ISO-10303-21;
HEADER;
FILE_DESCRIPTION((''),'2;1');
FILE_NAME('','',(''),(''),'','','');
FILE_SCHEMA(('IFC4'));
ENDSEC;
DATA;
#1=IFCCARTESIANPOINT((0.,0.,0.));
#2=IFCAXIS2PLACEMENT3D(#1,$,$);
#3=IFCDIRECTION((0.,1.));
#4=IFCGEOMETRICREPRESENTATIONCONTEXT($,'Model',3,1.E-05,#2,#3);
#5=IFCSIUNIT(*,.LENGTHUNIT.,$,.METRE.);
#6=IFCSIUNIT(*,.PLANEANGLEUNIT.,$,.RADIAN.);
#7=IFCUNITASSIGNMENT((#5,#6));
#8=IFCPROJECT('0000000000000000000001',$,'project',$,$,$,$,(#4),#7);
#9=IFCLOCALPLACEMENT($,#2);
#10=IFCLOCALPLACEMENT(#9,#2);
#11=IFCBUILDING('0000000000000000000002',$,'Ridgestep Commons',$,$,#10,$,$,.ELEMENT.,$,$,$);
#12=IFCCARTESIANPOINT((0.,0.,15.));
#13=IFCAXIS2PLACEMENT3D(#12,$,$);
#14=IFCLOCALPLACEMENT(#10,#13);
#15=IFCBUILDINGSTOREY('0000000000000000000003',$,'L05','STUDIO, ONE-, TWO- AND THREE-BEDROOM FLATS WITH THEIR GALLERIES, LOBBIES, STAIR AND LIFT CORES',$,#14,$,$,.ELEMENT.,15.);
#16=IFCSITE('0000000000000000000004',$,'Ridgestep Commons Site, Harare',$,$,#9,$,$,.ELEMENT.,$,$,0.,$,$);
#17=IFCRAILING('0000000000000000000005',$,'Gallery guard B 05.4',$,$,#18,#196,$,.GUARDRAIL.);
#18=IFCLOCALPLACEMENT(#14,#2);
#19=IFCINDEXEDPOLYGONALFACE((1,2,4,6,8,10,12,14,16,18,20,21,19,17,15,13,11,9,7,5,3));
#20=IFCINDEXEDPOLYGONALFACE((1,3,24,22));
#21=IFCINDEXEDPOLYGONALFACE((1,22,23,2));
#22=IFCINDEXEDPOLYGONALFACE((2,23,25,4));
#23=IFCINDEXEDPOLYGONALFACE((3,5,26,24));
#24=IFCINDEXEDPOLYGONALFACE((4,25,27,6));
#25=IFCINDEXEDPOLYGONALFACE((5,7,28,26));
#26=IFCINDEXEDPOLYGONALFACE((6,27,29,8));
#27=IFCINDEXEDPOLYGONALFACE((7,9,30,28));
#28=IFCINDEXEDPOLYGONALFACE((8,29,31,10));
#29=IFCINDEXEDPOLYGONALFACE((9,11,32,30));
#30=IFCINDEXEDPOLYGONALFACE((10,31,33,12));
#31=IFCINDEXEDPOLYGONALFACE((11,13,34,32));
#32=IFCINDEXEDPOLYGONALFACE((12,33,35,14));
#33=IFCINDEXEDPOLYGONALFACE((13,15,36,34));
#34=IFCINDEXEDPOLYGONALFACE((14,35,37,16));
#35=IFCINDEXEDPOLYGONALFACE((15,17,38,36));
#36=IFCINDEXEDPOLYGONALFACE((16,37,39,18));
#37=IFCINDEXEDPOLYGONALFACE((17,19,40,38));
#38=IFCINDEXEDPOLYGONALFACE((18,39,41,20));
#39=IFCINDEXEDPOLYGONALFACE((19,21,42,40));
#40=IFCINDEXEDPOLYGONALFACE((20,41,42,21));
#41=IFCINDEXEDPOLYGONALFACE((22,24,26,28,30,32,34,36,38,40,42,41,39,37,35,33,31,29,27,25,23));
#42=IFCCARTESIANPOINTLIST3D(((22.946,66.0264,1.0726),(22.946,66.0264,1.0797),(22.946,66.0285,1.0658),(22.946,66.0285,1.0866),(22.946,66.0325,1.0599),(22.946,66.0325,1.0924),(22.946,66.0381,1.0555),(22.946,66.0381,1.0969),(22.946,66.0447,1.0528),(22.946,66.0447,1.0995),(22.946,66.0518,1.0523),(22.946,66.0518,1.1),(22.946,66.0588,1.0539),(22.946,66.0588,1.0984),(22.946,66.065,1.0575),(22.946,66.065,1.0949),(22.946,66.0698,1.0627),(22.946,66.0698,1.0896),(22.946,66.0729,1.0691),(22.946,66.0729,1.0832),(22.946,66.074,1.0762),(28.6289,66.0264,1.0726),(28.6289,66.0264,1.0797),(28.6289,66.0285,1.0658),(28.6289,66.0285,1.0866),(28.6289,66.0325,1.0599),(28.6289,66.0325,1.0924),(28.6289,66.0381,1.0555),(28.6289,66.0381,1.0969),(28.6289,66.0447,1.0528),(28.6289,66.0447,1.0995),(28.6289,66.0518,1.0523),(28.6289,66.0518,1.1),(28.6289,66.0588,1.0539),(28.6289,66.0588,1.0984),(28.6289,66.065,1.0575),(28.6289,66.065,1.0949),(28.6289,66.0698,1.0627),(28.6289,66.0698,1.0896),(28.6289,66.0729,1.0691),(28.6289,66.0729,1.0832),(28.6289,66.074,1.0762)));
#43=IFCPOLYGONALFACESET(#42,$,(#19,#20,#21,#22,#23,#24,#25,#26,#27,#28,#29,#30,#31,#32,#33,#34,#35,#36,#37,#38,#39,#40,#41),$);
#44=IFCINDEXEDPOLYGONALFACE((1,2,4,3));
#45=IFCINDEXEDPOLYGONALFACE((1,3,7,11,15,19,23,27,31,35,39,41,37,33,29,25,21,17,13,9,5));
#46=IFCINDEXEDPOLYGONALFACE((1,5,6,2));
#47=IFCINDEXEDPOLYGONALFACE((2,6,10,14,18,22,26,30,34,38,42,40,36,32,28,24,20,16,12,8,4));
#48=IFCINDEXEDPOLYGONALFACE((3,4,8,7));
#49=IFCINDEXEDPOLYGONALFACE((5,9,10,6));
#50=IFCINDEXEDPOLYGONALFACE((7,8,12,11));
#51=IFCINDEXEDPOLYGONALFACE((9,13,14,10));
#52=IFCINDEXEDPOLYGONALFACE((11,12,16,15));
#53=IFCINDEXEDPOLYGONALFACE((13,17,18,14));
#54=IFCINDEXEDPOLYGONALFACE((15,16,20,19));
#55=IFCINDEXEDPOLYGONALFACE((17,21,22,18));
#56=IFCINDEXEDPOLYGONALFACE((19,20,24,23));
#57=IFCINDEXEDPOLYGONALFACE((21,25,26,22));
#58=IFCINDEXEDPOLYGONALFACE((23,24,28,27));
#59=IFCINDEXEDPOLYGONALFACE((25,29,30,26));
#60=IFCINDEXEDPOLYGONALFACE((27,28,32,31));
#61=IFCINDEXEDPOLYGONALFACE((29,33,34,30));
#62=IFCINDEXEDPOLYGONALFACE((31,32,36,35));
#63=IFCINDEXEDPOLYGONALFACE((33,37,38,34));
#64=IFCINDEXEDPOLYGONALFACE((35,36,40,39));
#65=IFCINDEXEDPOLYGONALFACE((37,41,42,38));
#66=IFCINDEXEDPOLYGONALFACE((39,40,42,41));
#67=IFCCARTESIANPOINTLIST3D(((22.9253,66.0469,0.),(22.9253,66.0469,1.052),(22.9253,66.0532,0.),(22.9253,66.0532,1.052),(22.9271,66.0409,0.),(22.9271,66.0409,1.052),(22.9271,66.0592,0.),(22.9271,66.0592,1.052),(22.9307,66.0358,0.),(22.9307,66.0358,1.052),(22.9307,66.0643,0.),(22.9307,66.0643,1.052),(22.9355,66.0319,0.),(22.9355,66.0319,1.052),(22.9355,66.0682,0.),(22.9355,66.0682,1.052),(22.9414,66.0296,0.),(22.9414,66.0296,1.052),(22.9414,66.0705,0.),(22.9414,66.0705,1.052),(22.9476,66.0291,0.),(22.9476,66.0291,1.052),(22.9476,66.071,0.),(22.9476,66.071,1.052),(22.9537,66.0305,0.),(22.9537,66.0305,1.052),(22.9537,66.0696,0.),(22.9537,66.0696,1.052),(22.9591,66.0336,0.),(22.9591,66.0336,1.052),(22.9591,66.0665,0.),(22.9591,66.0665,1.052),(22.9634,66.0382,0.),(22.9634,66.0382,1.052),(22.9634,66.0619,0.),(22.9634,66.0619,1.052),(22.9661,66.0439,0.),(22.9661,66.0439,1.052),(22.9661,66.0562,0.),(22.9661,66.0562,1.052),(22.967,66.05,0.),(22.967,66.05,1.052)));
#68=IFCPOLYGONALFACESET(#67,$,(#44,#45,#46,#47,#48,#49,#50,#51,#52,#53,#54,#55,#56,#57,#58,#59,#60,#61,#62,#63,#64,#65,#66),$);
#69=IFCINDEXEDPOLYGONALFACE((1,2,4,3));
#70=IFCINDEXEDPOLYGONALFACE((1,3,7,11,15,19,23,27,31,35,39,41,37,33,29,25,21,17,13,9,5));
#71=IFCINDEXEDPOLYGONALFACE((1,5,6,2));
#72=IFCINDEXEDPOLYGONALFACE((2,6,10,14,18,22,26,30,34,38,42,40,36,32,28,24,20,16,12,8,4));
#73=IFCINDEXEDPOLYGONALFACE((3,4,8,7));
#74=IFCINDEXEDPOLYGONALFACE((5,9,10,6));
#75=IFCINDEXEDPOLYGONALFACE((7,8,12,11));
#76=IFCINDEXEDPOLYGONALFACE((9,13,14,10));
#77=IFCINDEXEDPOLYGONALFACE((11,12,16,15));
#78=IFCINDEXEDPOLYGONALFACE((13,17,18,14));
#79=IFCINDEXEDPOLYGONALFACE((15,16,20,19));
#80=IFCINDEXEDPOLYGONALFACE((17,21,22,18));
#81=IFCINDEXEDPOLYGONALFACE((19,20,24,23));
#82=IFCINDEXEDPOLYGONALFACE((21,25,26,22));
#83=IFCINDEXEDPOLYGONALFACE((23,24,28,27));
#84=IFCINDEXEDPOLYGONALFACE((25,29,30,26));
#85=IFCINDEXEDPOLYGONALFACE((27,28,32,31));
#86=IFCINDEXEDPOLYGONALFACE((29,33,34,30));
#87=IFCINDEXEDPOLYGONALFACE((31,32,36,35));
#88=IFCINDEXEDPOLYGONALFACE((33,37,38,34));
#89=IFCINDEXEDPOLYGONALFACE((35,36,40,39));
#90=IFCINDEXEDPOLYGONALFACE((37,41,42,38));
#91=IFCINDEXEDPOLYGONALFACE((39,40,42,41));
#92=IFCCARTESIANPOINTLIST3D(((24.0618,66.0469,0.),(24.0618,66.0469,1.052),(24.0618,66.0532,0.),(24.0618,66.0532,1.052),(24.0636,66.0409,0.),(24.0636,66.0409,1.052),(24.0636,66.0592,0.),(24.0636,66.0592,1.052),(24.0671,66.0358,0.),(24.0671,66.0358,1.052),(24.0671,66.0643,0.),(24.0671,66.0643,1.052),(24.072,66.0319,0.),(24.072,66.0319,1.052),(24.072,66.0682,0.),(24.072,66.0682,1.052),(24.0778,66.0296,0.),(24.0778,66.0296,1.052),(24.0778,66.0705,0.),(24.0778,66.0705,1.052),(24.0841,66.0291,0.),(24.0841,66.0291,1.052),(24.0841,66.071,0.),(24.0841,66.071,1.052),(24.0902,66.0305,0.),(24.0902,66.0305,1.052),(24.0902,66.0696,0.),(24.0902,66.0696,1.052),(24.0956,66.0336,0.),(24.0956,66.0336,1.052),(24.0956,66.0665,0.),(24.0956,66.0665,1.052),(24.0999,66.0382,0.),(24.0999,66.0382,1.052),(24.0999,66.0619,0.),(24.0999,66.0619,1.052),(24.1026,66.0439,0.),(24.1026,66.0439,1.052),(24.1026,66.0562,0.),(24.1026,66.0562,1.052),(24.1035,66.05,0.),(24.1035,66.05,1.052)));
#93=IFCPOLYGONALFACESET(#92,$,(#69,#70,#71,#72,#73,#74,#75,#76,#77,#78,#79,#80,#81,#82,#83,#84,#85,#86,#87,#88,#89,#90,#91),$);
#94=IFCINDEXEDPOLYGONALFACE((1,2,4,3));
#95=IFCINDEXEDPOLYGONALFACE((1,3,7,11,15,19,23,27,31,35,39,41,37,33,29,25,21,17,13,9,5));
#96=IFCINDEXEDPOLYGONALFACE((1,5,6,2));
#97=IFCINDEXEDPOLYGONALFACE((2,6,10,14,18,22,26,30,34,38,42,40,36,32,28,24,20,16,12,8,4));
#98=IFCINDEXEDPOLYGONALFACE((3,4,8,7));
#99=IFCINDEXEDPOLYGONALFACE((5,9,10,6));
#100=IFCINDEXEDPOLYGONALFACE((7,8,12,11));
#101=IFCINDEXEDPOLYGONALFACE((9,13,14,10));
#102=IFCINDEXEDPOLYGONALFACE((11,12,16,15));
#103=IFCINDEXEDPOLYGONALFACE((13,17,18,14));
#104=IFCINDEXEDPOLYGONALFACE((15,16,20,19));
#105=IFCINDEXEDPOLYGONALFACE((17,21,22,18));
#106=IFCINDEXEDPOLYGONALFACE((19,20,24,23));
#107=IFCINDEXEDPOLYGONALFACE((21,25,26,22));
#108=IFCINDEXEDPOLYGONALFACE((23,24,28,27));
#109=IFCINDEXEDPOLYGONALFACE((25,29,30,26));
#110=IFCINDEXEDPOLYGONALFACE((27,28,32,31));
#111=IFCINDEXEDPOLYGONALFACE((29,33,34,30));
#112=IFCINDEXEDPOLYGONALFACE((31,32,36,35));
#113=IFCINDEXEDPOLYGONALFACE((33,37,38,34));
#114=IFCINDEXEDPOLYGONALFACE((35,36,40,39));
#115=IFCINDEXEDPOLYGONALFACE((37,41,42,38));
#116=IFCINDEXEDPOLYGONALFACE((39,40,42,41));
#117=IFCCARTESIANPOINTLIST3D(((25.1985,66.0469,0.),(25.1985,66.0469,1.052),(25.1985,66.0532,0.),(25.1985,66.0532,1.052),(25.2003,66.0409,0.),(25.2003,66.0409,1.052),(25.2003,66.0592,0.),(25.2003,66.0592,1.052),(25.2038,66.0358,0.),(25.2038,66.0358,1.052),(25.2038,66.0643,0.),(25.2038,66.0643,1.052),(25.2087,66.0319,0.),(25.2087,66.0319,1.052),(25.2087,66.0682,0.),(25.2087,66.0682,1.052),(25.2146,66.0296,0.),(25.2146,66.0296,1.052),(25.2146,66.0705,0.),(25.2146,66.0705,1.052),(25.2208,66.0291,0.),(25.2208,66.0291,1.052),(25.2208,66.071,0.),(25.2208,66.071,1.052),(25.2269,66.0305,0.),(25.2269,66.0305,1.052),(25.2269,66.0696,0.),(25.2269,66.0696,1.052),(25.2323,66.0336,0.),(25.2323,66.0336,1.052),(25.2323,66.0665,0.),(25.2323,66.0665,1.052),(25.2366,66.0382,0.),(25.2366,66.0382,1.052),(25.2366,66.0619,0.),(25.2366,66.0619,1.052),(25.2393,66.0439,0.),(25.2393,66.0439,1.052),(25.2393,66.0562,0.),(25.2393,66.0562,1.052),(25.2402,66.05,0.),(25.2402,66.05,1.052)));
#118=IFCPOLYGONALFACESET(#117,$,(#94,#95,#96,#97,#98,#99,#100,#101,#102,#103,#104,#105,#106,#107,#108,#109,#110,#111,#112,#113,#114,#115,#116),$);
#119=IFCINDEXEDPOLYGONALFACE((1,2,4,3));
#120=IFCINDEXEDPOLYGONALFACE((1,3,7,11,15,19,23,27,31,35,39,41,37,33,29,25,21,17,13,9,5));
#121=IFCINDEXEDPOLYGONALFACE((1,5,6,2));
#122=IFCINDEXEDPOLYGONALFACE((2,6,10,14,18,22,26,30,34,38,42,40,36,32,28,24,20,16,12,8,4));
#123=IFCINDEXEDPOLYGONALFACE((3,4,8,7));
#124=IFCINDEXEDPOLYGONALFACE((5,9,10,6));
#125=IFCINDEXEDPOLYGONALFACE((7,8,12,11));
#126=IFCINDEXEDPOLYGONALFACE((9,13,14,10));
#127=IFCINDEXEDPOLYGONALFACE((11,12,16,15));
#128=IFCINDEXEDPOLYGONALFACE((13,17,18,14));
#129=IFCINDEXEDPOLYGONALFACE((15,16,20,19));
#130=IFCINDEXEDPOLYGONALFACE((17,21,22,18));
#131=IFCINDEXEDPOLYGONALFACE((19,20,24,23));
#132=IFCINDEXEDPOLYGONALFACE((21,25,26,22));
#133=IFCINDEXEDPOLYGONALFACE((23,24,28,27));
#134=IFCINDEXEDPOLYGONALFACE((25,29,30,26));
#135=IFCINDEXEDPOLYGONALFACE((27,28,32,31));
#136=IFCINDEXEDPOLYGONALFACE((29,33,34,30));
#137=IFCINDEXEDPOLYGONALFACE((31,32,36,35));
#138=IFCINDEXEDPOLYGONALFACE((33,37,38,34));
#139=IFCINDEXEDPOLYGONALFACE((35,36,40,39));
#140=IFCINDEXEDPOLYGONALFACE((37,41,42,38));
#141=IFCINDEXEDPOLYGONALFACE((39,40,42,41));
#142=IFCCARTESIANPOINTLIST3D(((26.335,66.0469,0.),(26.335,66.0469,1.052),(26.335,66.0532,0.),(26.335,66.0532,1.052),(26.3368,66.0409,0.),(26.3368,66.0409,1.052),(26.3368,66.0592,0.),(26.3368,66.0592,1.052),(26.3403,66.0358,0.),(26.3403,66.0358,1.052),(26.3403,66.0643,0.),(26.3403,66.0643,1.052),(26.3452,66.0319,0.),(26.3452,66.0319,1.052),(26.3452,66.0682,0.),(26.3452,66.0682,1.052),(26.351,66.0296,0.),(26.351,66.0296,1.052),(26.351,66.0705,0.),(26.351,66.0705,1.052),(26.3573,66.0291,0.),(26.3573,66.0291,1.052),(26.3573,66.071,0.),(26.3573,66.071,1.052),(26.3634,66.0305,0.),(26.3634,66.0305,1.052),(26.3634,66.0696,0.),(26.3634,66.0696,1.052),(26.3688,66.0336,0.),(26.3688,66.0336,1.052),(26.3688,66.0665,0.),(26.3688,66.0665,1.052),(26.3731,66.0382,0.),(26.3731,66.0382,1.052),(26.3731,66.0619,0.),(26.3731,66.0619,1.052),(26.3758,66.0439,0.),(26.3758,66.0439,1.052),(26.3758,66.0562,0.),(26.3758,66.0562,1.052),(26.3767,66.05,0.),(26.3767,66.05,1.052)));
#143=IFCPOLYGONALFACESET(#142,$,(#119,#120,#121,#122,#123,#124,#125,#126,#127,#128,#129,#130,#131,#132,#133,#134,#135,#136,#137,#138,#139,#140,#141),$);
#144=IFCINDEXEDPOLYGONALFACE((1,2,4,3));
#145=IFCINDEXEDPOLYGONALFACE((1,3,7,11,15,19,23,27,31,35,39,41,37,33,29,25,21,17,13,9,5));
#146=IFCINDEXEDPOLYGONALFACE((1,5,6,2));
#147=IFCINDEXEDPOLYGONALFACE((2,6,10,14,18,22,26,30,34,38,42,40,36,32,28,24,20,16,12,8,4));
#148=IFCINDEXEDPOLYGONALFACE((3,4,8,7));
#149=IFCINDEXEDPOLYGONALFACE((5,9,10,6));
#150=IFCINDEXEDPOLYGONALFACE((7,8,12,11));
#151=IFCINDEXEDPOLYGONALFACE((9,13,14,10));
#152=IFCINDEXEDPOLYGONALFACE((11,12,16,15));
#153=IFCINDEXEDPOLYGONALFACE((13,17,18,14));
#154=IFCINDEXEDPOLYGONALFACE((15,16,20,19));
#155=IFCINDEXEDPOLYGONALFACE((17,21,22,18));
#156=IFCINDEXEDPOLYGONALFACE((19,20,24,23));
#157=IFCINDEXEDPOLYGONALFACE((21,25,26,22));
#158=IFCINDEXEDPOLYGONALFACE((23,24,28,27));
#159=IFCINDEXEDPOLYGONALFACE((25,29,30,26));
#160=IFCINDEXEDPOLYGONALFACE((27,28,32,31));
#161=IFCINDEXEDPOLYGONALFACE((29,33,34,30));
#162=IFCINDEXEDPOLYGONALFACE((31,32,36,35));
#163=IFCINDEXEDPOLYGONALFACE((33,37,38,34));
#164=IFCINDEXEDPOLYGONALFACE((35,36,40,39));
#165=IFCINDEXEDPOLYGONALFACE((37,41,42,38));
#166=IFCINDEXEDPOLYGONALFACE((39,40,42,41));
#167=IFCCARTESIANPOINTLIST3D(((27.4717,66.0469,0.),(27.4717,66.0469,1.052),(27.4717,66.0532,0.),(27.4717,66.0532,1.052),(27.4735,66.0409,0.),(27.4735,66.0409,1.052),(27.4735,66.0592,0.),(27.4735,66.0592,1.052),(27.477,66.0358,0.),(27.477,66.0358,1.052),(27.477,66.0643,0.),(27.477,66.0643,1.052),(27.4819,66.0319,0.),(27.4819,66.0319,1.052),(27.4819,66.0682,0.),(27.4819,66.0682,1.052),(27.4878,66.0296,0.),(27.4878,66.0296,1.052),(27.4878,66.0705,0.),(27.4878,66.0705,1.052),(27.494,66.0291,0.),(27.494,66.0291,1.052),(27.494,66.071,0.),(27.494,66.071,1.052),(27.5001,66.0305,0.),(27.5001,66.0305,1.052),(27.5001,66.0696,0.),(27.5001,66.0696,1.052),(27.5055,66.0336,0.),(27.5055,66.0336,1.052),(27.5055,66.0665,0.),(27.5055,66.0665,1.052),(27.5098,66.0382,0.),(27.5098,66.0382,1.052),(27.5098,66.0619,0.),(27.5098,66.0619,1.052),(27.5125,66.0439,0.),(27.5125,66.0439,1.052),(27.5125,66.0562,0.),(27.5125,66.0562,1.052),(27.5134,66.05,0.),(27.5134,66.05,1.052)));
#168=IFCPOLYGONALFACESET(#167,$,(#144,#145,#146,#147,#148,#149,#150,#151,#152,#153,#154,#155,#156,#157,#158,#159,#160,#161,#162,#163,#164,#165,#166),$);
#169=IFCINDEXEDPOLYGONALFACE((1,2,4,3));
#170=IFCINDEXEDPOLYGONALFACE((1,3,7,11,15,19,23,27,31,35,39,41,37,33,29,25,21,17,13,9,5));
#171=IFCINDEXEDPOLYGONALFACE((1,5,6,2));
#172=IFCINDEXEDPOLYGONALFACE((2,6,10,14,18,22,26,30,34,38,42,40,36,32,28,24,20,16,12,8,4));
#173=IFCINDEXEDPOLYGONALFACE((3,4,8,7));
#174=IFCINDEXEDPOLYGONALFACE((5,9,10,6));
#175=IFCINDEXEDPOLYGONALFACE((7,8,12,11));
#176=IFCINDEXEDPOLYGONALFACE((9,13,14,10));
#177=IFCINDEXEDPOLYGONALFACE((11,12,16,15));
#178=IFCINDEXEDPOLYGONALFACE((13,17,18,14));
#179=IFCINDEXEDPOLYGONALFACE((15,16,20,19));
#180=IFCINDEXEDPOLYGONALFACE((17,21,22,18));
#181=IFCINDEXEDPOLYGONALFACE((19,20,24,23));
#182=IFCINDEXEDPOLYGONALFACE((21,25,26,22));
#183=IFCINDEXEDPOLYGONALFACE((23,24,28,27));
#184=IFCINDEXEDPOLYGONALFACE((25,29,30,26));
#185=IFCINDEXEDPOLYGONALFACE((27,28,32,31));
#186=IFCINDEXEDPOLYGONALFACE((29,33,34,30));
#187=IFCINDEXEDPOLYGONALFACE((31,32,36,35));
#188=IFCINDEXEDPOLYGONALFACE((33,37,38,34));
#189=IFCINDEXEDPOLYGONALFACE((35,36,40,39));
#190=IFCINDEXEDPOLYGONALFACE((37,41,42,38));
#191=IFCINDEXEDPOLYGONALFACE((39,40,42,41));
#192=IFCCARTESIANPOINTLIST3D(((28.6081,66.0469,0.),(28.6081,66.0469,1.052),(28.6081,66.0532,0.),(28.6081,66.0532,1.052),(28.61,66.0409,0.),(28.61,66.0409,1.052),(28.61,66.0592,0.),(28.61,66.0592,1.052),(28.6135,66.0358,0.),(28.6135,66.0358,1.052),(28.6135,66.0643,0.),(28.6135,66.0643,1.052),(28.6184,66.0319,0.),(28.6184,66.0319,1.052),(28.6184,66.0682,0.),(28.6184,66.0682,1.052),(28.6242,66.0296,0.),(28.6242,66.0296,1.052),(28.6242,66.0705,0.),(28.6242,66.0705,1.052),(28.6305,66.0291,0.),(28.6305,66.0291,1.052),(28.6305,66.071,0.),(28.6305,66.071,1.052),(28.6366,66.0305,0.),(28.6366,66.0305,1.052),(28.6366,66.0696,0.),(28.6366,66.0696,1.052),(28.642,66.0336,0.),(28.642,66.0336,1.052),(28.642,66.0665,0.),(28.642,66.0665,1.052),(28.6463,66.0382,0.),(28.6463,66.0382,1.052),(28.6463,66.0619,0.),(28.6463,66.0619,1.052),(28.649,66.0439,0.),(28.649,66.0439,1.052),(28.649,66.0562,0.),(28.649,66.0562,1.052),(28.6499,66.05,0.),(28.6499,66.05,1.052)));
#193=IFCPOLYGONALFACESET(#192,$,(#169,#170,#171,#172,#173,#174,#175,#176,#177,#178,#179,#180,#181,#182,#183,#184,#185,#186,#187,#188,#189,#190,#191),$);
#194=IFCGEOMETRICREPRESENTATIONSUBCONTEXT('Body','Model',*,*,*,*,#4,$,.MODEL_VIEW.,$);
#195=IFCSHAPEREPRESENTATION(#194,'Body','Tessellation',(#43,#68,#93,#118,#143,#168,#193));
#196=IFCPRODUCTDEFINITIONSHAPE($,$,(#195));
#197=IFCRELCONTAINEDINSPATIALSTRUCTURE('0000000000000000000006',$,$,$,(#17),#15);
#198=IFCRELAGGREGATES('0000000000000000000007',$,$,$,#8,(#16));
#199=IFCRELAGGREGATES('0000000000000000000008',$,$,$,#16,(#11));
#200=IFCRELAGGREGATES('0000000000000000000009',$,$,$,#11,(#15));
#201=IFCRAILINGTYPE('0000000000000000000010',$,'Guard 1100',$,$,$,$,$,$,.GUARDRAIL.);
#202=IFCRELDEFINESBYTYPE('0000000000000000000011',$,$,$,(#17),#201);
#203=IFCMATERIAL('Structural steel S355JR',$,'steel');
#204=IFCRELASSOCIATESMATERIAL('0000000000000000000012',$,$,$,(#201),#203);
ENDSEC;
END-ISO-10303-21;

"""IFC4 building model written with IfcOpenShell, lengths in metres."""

from ifc_helpers import new_model, si_unit, direction, frame, origin, origin_2d, place, context, subcontext, project, spatial, circle, extrude, material, type_object, element, save


model = new_model("IFC4")

# Units and contexts
model_context = context("Model", 3, precision=1e-05, world=origin(), true_north=direction((0.0, 1.0)))
body_context = subcontext(model_context, "Body", "Model", "MODEL_VIEW")
ifc_project = project(units=[si_unit("LENGTHUNIT", "METRE"), si_unit("PLANEANGLEUNIT", "RADIAN")], contexts=[model_context])

# Site, building, storey
site_placement = place(None, origin())
site = spatial("IfcSite", under=ifc_project, at=site_placement, Name="Ridgestep Commons Site, Harare", CompositionType="ELEMENT", RefElevation=0.0)
building_placement = place(site_placement, origin())
building = spatial("IfcBuilding", under=site, at=building_placement, Name="Ridgestep Commons", CompositionType="ELEMENT")
storey_placement = place(building_placement, frame((0.0, 0.0, 15.0)))
storey = spatial("IfcBuildingStorey", under=building, at=storey_placement, Name="L05", Description="STUDIO, ONE-, TWO- AND THREE-BEDROOM FLATS WITH THEIR GALLERIES, LOBBIES, STAIR AND LIFT CORES", CompositionType="ELEMENT", Elevation=15.0)

# Railing
ifc_material_1 = material(Name="Structural steel S355JR", Category="steel")
railing_type = type_object("IfcRailingType", Name="Guard 1100", PredefinedType="GUARDRAIL", material=ifc_material_1)
railing_1_placement = place(storey_placement, frame((22.946, 66.05, 0.0)))
element("IfcRailing", 1, at=railing_1_placement, inside=storey, type_object=railing_type, Name="Gallery guard B 05.4", PredefinedType="GUARDRAIL", context=body_context, shape_type="SweptSolid", body=[
    extrude(circle(Radius=0.0239, at=origin_2d()), frame((0.0, 0.0, 1.0762), z_axis=(1.0, 0.0, 0.0), x_axis=(0.0, 1.0, 0.0)), (0.0, 0.0, 1.0), 5.6829),
    extrude(circle(Radius=0.021, at=origin_2d()), origin(), (0.0, 0.0, 1.0), 1.052),
    extrude(circle(Radius=0.021, at=origin_2d()), frame((1.1365, 0.0, 0.0)), (0.0, 0.0, 1.0), 1.052),
    extrude(circle(Radius=0.021, at=origin_2d()), frame((2.2732, 0.0, 0.0)), (0.0, 0.0, 1.0), 1.052),
    extrude(circle(Radius=0.021, at=origin_2d()), frame((3.4097, 0.0, 0.0)), (0.0, 0.0, 1.0), 1.052),
    extrude(circle(Radius=0.021, at=origin_2d()), frame((4.5464, 0.0, 0.0)), (0.0, 0.0, 1.0), 1.052),
    extrude(circle(Radius=0.021, at=origin_2d()), frame((5.6829, 0.0, 0.0)), (0.0, 0.0, 1.0), 1.052),
])

save(model, "model.ifc")
